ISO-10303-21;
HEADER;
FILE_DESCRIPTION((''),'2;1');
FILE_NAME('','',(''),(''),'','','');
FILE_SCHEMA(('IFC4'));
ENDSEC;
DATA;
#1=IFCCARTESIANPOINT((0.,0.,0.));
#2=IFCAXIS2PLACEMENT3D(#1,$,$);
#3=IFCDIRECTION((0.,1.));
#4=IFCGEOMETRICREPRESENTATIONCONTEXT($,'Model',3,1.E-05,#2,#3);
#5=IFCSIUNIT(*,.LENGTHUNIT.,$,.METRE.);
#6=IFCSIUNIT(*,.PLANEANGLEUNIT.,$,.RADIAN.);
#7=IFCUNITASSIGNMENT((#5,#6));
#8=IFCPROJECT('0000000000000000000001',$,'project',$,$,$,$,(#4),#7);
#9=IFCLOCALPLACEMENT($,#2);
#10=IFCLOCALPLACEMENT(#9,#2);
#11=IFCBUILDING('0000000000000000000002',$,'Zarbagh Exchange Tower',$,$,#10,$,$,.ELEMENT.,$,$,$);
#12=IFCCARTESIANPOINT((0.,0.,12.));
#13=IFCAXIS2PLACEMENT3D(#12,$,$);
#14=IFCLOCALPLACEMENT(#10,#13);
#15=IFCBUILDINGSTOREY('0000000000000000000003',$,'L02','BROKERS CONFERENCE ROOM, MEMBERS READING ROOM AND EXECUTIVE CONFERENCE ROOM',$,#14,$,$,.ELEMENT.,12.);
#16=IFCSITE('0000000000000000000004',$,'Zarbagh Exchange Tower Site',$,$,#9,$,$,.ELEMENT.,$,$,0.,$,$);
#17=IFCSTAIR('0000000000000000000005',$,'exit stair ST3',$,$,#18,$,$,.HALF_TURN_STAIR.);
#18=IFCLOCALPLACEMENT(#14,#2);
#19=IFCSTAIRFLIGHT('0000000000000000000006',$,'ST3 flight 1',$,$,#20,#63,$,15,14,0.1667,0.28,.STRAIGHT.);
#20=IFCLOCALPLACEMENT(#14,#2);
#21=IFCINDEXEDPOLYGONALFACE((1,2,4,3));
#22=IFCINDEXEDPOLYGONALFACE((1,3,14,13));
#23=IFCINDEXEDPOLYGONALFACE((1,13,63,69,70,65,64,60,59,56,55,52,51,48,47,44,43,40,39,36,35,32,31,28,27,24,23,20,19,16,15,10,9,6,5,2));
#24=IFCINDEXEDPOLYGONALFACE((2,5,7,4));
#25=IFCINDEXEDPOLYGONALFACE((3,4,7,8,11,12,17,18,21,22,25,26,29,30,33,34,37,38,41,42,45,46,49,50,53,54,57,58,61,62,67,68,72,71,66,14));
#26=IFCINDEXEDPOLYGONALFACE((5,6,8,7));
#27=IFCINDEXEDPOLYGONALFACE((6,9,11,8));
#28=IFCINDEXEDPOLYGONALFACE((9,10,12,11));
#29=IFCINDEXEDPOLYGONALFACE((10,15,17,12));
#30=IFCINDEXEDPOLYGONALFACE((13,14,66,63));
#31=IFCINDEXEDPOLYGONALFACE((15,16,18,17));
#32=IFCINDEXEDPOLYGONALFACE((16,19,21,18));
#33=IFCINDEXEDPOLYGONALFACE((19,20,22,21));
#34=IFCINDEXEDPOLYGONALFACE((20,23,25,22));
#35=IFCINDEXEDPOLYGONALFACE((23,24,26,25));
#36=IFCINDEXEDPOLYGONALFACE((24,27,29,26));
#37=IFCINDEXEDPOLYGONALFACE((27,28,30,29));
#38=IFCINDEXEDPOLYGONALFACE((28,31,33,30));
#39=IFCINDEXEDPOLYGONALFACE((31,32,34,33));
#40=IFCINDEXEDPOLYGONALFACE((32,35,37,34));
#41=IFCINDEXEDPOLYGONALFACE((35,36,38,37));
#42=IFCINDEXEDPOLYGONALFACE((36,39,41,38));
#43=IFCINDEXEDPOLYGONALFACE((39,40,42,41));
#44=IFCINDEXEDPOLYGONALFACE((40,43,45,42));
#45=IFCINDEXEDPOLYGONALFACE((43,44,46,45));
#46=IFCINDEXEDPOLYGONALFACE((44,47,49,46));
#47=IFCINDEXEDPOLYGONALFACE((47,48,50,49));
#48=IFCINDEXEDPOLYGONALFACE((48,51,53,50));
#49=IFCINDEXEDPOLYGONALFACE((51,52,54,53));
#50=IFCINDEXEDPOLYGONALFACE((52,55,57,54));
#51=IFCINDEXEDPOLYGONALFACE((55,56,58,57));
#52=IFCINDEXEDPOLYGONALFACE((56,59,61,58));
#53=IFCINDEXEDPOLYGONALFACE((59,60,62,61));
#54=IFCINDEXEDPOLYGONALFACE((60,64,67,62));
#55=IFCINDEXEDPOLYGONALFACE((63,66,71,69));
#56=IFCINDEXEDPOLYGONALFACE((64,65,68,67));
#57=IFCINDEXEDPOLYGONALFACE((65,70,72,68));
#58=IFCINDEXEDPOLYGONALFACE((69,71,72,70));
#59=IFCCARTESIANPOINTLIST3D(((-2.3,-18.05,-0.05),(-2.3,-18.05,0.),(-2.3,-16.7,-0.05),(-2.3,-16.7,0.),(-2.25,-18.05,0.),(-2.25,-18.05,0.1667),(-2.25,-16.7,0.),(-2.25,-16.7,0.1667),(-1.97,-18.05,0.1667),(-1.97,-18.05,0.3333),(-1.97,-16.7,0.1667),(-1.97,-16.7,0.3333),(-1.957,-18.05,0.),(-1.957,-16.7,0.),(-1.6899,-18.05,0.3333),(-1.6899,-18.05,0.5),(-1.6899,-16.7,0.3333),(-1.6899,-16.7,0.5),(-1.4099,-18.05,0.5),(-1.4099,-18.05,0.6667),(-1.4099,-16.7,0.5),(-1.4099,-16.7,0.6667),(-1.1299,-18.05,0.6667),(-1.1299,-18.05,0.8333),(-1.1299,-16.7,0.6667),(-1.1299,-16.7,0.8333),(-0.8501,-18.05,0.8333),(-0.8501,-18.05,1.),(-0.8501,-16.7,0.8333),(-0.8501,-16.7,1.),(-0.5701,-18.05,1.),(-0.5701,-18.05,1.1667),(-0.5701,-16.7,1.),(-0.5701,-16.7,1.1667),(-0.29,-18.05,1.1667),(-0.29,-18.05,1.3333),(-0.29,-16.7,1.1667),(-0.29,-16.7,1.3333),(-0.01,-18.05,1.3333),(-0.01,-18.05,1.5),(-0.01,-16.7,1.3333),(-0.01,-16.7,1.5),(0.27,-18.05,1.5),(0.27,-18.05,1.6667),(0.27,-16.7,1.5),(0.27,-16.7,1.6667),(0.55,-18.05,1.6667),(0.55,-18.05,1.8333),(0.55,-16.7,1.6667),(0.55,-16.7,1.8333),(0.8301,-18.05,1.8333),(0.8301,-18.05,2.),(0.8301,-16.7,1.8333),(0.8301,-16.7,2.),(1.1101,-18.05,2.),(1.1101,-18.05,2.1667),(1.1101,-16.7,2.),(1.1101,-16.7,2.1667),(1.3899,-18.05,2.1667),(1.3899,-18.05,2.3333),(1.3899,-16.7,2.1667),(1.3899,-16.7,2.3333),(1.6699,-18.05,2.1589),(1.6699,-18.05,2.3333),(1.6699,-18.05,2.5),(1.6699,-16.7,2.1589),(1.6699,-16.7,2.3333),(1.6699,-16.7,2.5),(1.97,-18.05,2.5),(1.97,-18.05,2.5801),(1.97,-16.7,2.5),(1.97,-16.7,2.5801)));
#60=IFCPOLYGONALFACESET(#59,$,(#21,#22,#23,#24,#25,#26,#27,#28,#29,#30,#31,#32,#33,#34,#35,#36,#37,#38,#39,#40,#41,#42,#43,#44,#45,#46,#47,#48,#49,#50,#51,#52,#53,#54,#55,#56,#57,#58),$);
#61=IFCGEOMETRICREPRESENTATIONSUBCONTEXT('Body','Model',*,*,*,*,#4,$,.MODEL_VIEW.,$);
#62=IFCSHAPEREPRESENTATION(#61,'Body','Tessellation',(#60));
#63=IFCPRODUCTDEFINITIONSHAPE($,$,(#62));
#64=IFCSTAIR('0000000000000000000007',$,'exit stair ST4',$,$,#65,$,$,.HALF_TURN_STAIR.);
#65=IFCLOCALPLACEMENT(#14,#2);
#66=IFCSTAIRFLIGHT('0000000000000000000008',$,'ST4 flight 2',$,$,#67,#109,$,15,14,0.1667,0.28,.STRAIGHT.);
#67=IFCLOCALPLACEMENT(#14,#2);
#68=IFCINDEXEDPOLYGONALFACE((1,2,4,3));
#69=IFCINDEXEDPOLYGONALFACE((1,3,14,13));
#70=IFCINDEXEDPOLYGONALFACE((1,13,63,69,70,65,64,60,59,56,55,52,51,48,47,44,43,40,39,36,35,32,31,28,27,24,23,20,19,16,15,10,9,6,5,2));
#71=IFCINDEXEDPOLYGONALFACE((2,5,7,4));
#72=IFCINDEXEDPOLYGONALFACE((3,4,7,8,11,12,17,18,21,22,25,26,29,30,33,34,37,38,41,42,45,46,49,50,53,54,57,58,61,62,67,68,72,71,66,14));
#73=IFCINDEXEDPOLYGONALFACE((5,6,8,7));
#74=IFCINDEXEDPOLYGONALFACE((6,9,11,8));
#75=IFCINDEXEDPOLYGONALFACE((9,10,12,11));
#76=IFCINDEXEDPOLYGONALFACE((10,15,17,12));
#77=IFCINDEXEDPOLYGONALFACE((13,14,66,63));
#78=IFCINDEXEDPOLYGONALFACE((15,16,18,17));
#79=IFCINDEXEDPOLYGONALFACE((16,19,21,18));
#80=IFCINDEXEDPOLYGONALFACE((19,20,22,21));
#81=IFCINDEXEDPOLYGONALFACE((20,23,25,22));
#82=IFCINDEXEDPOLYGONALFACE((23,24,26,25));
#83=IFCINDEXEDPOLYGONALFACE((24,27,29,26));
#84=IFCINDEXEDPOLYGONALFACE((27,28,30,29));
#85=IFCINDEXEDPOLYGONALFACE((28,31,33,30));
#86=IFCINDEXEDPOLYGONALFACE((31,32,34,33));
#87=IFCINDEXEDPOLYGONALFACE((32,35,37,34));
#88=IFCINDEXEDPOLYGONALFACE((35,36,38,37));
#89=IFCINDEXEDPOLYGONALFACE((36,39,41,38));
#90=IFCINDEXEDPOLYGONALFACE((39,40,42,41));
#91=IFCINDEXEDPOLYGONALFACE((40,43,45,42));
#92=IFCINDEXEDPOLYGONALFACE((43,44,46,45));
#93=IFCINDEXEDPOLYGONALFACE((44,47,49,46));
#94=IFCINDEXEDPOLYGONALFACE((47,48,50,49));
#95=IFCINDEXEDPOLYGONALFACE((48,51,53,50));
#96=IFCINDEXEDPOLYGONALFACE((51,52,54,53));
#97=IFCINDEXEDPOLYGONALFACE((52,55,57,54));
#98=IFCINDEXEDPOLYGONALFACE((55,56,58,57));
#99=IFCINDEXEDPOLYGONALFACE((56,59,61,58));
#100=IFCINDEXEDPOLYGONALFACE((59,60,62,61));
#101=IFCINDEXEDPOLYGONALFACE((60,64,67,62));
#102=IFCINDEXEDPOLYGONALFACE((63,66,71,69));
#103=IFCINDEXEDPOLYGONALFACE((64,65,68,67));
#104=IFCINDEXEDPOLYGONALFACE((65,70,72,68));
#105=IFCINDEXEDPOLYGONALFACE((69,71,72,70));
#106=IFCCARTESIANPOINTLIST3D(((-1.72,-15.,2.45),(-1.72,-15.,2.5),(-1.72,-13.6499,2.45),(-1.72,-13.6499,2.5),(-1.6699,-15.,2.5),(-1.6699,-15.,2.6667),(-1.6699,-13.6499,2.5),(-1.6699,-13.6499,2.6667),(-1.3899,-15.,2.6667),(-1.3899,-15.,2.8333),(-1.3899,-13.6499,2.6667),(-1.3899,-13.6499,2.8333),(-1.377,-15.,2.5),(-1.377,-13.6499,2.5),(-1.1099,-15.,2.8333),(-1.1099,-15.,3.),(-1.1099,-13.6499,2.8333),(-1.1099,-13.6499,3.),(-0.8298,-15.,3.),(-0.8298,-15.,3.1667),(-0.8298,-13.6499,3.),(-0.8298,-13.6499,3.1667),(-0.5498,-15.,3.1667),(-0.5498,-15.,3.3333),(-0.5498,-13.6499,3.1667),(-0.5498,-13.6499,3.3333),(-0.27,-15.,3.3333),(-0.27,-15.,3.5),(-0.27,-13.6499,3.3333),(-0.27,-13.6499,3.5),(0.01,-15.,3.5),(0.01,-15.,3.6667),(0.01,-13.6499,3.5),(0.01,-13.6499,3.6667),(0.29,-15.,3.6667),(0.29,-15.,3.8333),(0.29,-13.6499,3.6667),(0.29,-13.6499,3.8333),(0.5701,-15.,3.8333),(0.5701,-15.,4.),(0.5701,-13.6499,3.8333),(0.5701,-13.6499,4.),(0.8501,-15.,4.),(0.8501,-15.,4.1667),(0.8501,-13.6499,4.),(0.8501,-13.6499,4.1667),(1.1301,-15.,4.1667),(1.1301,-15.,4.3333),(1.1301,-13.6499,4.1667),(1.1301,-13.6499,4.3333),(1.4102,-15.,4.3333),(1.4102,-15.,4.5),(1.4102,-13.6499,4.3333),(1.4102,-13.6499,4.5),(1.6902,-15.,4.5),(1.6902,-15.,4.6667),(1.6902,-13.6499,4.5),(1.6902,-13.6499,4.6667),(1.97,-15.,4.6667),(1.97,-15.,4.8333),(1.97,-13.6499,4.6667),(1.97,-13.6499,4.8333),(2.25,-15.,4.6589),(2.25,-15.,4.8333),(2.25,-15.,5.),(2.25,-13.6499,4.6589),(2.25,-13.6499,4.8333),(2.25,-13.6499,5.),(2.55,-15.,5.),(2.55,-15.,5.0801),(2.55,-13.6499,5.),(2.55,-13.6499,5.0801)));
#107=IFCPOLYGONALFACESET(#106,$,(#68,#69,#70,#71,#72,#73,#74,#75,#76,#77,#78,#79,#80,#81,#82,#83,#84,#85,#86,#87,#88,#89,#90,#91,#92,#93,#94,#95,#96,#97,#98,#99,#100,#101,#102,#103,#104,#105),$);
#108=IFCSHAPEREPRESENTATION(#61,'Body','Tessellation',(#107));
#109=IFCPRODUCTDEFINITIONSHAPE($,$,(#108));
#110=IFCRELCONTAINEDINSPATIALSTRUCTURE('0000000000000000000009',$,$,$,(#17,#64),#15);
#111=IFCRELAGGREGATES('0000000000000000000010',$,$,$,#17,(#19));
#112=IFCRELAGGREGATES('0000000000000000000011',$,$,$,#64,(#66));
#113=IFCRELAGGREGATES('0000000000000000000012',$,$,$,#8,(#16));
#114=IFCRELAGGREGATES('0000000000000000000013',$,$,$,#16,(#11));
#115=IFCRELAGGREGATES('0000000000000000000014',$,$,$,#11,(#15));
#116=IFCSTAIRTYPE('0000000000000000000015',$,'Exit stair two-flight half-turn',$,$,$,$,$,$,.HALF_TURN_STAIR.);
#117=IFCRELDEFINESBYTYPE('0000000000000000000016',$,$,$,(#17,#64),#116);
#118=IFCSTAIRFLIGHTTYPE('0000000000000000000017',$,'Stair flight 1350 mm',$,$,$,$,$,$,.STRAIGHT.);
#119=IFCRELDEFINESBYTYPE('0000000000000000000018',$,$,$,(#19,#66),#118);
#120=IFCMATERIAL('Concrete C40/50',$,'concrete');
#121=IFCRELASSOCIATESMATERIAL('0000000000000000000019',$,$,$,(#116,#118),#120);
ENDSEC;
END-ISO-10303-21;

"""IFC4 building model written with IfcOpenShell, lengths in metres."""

from ifc_helpers import new_model, si_unit, direction, frame, origin, place, context, subcontext, project, spatial, polyline, outline, extrude, material, type_object, element, aggregate, save


model = new_model("IFC4")

# Units and contexts
model_context = context("Model", 3, precision=1e-05, world=origin(), true_north=direction((0.0, 1.0)))
body_context = subcontext(model_context, "Body", "Model", "MODEL_VIEW")
ifc_project = project(units=[si_unit("LENGTHUNIT", "METRE"), si_unit("PLANEANGLEUNIT", "RADIAN")], contexts=[model_context])

# Site, building, storey
site_placement = place(None, origin())
site = spatial("IfcSite", under=ifc_project, at=site_placement, Name="Zarbagh Exchange Tower Site", CompositionType="ELEMENT", RefElevation=0.0)
building_placement = place(site_placement, origin())
building = spatial("IfcBuilding", under=site, at=building_placement, Name="Zarbagh Exchange Tower", CompositionType="ELEMENT")
storey_placement = place(building_placement, frame((0.0, 0.0, 12.0)))
storey = spatial("IfcBuildingStorey", under=building, at=storey_placement, Name="L02", Description="BROKERS CONFERENCE ROOM, MEMBERS READING ROOM AND EXECUTIVE CONFERENCE ROOM", CompositionType="ELEMENT", Elevation=12.0)

# Stairs, stair flights
ifc_material_1 = material(Name="Concrete C40/50", Category="concrete")
stair_type = type_object("IfcStairType", Name="Exit stair two-flight half-turn", PredefinedType="HALF_TURN_STAIR", material=ifc_material_1)
stair_1_placement = place(storey_placement, origin())
stair_1 = element("IfcStair", 1, at=stair_1_placement, inside=storey, type_object=stair_type, Name="exit stair ST3", PredefinedType="HALF_TURN_STAIR")
stair_flight_type = type_object("IfcStairFlightType", Name="Stair flight 1350 mm", PredefinedType="STRAIGHT", material=ifc_material_1)
stair_flight_1_placement = place(storey_placement, frame((-2.25, -17.375, 0.0), z_axis=(0.0, 0.0, 1.0), x_axis=(1.0, 0.0, 0.0)))
stair_flight_1 = element("IfcStairFlight", 2, at=stair_flight_1_placement, type_object=stair_flight_type, Name="ST3 flight 1", NumberOfRisers=15, NumberOfTreads=14, PredefinedType="STRAIGHT", RiserHeight=0.1667, TreadLength=0.28, context=body_context, shape_type="SweptSolid", body=[
    extrude(outline(polyline([(-0.05, -0.05), (-0.05, 0.0), (0.0, 0.0), (0.0, 0.1667), (0.28, 0.1667), (0.28, 0.3333), (0.5601, 0.3333), (0.5601, 0.5), (0.8401, 0.5), (0.8401, 0.6667), (1.1201, 0.6667), (1.1201, 0.8333), (1.3999, 0.8333), (1.3999, 1.0), (1.6799, 1.0), (1.6799, 1.1667), (1.96, 1.1667), (1.96, 1.3333), (2.24, 1.3333), (2.24, 1.5), (2.52, 1.5), (2.52, 1.6667), (2.8, 1.6667), (2.8, 1.8333), (3.0801, 1.8333), (3.0801, 2.0), (3.3601, 2.0), (3.3601, 2.1667), (3.6399, 2.1667), (3.6399, 2.3333), (3.9199, 2.3333), (3.9199, 2.5), (4.22, 2.5801), (4.22, 2.5), (3.9199, 2.1589), (0.293, 0.0), (-0.05, -0.05)])), frame((0.0, 0.675, 0.0), z_axis=(0.0, -1.0, 0.0), x_axis=(1.0, 0.0, 0.0)), (0.0, 0.0, 1.0), 1.3501),
])
aggregate(stair_1, [stair_flight_1])
stair_2_placement = place(storey_placement, origin())
stair_2 = element("IfcStair", 3, at=stair_2_placement, inside=storey, type_object=stair_type, Name="exit stair ST4", PredefinedType="HALF_TURN_STAIR")
stair_flight_2_placement = place(storey_placement, frame((-1.6699, -14.325, 2.5), z_axis=(0.0, 0.0, 1.0), x_axis=(1.0, 0.0, 0.0)))
stair_flight_2 = element("IfcStairFlight", 4, at=stair_flight_2_placement, type_object=stair_flight_type, Name="ST4 flight 2", NumberOfRisers=15, NumberOfTreads=14, PredefinedType="STRAIGHT", RiserHeight=0.1667, TreadLength=0.28, context=body_context, shape_type="SweptSolid", body=[
    extrude(outline(polyline([(-0.05, -0.05), (-0.05, 0.0), (0.0, 0.0), (0.0, 0.1667), (0.28, 0.1667), (0.28, 0.3333), (0.5601, 0.3333), (0.5601, 0.5), (0.8401, 0.5), (0.8401, 0.6667), (1.1201, 0.6667), (1.1201, 0.8333), (1.3999, 0.8333), (1.3999, 1.0), (1.6799, 1.0), (1.6799, 1.1667), (1.96, 1.1667), (1.96, 1.3333), (2.24, 1.3333), (2.24, 1.5), (2.52, 1.5), (2.52, 1.6667), (2.8, 1.6667), (2.8, 1.8333), (3.0801, 1.8333), (3.0801, 2.0), (3.3601, 2.0), (3.3601, 2.1667), (3.6399, 2.1667), (3.6399, 2.3333), (3.9199, 2.3333), (3.9199, 2.5), (4.22, 2.5801), (4.22, 2.5), (3.9199, 2.1589), (0.293, 0.0), (-0.05, -0.05)])), frame((0.0, 0.675, 0.0), z_axis=(0.0, -1.0, 0.0), x_axis=(1.0, 0.0, 0.0)), (0.0, 0.0, 1.0), 1.3501),
])
aggregate(stair_2, [stair_flight_2])

save(model, "model.ifc")
